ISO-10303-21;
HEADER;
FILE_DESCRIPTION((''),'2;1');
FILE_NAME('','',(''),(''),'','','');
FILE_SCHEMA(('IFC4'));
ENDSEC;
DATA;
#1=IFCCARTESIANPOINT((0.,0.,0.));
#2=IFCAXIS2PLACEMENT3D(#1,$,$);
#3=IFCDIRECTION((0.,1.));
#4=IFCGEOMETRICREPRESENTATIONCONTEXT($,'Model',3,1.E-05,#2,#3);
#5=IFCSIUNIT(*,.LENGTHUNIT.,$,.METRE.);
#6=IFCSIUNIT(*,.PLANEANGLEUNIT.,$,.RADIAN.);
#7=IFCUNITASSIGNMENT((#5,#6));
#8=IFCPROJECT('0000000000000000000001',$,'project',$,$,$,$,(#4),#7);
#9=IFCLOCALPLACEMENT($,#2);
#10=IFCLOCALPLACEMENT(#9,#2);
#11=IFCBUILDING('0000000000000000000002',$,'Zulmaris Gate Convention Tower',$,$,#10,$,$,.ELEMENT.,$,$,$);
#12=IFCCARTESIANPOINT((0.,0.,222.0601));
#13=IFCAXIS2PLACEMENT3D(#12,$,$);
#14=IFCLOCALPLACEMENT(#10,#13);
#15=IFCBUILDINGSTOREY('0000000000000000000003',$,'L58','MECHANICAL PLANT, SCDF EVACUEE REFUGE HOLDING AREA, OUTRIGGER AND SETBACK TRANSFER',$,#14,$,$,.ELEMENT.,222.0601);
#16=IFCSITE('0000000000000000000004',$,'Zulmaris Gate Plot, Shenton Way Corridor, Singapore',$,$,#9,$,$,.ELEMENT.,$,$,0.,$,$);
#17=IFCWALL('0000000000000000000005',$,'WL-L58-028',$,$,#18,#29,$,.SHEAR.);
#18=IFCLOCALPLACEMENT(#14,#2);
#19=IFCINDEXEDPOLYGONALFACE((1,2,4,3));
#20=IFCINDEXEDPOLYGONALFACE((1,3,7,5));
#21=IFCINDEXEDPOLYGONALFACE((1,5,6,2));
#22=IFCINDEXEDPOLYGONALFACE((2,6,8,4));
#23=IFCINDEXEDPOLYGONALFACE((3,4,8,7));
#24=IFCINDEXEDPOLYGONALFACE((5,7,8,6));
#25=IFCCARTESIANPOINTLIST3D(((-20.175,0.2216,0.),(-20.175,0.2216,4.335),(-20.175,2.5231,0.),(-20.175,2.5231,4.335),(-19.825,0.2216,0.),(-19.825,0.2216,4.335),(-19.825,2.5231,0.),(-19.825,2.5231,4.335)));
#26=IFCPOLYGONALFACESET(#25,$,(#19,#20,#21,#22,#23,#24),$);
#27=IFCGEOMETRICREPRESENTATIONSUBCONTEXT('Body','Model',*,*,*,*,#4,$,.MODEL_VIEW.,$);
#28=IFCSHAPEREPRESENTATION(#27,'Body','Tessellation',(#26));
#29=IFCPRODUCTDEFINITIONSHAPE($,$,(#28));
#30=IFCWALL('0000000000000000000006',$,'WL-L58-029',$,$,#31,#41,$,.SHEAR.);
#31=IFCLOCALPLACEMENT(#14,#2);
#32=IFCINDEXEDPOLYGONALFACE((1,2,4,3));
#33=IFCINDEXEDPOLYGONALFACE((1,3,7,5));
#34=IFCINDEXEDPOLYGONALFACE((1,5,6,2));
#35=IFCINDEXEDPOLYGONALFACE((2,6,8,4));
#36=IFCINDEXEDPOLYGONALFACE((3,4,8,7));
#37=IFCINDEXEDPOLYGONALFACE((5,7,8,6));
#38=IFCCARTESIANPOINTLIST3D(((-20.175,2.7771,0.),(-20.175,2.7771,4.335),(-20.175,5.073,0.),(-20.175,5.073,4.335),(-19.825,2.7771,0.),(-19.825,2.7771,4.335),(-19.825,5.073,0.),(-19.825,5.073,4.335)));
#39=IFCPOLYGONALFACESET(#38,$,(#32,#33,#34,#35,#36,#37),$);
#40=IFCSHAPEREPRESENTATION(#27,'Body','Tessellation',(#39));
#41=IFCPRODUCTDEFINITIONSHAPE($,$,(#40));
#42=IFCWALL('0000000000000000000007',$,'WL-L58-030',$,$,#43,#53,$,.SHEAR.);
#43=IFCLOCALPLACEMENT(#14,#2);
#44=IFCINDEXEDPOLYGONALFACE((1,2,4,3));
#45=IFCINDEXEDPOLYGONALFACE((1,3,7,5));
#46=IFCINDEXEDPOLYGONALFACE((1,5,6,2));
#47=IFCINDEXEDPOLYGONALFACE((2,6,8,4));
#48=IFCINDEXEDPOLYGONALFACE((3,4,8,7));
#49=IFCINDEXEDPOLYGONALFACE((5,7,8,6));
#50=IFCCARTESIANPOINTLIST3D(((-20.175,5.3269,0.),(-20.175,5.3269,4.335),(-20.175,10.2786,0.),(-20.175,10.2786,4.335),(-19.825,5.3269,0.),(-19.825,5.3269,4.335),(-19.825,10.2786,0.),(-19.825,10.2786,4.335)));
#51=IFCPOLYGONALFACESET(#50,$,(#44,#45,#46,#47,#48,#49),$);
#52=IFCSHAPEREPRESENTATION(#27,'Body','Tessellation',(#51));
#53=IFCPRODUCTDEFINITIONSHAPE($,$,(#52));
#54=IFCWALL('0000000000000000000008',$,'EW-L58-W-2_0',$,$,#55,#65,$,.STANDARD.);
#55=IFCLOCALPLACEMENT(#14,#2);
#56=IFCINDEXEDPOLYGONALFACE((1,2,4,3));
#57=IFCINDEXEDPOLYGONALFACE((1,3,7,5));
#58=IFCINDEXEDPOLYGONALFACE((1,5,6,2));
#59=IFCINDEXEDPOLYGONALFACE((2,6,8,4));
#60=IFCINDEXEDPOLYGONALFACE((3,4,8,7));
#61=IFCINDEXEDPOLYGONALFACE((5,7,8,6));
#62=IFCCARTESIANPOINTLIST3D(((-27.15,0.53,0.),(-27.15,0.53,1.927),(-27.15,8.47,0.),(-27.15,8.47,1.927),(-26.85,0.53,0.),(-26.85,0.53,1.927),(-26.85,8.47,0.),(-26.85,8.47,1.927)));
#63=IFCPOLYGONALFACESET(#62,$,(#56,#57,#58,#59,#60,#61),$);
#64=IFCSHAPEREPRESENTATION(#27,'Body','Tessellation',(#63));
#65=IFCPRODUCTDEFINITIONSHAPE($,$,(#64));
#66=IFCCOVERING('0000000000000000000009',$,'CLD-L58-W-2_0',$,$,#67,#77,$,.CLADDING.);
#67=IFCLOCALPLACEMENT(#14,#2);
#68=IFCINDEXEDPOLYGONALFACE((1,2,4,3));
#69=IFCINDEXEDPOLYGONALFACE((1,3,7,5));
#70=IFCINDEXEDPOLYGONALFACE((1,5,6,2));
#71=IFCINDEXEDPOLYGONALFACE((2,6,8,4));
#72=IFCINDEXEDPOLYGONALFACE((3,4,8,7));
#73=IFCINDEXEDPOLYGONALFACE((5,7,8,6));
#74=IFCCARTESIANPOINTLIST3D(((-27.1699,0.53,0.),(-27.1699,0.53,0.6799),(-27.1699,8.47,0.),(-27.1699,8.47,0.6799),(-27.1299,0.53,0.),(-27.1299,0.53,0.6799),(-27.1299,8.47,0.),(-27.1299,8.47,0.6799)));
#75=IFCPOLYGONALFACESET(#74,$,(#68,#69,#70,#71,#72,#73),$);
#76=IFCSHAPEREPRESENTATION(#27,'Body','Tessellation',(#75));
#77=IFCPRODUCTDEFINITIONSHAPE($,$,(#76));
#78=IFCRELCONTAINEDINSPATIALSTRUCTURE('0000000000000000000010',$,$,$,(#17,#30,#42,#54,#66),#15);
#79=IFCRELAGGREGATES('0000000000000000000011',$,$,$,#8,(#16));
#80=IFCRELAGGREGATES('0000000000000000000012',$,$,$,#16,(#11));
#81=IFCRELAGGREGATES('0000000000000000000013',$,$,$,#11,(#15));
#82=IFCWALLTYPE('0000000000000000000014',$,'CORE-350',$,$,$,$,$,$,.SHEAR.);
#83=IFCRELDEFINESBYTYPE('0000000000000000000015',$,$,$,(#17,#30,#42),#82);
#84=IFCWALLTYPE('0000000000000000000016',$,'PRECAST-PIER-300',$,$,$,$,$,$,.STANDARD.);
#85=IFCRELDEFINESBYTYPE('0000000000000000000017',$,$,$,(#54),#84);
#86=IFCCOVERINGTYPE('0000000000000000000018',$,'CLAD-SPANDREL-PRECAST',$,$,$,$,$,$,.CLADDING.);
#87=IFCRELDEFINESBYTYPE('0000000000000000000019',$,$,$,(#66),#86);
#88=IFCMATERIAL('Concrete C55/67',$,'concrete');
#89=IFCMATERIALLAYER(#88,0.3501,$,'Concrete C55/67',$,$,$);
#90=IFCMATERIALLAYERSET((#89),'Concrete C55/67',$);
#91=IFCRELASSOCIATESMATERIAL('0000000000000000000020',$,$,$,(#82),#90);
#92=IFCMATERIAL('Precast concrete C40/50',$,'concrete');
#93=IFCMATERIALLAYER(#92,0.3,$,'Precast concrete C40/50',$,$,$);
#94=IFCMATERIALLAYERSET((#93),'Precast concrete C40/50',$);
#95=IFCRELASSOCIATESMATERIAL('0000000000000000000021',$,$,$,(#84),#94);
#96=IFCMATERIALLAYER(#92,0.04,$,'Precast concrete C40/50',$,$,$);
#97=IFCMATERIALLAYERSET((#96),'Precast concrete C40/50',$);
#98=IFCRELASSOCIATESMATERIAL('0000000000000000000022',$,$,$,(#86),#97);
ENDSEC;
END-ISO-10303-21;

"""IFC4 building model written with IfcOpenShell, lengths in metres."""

from ifc_helpers import new_model, si_unit, direction, frame, frame_2d, origin, place, context, subcontext, project, spatial, rectangle, extrude, material, layer, layer_set, type_object, element, save


model = new_model("IFC4")

# Units and contexts
model_context = context("Model", 3, precision=1e-05, world=origin(), true_north=direction((0.0, 1.0)))
body_context = subcontext(model_context, "Body", "Model", "MODEL_VIEW")
ifc_project = project(units=[si_unit("LENGTHUNIT", "METRE"), si_unit("PLANEANGLEUNIT", "RADIAN")], contexts=[model_context])

# Site, building, storey
site_placement = place(None, origin())
site = spatial("IfcSite", under=ifc_project, at=site_placement, Name="Zulmaris Gate Plot, Shenton Way Corridor, Singapore", CompositionType="ELEMENT", RefElevation=0.0)
building_placement = place(site_placement, origin())
building = spatial("IfcBuilding", under=site, at=building_placement, Name="Zulmaris Gate Convention Tower", CompositionType="ELEMENT")
storey_placement = place(building_placement, frame((0.0, 0.0, 222.0601)))
storey = spatial("IfcBuildingStorey", under=building, at=storey_placement, Name="L58", Description="MECHANICAL PLANT, SCDF EVACUEE REFUGE HOLDING AREA, OUTRIGGER AND SETBACK TRANSFER", CompositionType="ELEMENT", Elevation=222.0601)

# Walls
ifc_material_1 = material(Name="Concrete C55/67", Category="concrete")
ifc_layer_1 = layer(ifc_material_1, 0.3501, Name="Concrete C55/67")
ifc_layer_set_1 = layer_set([ifc_layer_1], Name="Concrete C55/67")
wall_type_1 = type_object("IfcWallType", Name="CORE-350", PredefinedType="SHEAR", material=ifc_layer_set_1)
wall_1_placement = place(storey_placement, frame((-20.0, 0.2214, 0.0), z_axis=(0.0, 0.0, 1.0), x_axis=(0.0, 1.0, 0.0)))
element("IfcWall", 1, at=wall_1_placement, inside=storey, type_object=wall_type_1, Name="WL-L58-028", PredefinedType="SHEAR", context=body_context, shape_type="SweptSolid", body=[
    extrude(rectangle(XDim=2.3015, YDim=0.3501, at=frame_2d((1.1509, 0.0))), origin(), (0.0, 0.0, 1.0), 4.335),
])
wall_2_placement = place(storey_placement, frame((-20.0, 2.7771, 0.0), z_axis=(0.0, 0.0, 1.0), x_axis=(0.0, 1.0, 0.0)))
element("IfcWall", 2, at=wall_2_placement, inside=storey, type_object=wall_type_1, Name="WL-L58-029", PredefinedType="SHEAR", context=body_context, shape_type="SweptSolid", body=[
    extrude(rectangle(XDim=2.2959, YDim=0.3501, at=frame_2d((1.1479, 0.0))), origin(), (0.0, 0.0, 1.0), 4.335),
])
wall_3_placement = place(storey_placement, frame((-20.0, 5.3269, 0.0), z_axis=(0.0, 0.0, 1.0), x_axis=(0.0, 1.0, 0.0)))
element("IfcWall", 3, at=wall_3_placement, inside=storey, type_object=wall_type_1, Name="WL-L58-030", PredefinedType="SHEAR", context=body_context, shape_type="SweptSolid", body=[
    extrude(rectangle(XDim=4.9517, YDim=0.3501, at=frame_2d((2.4758, 0.0))), origin(), (0.0, 0.0, 1.0), 4.335),
])
ifc_material_2 = material(Name="Precast concrete C40/50", Category="concrete")
ifc_layer_2 = layer(ifc_material_2, 0.3, Name="Precast concrete C40/50")
ifc_layer_set_2 = layer_set([ifc_layer_2], Name="Precast concrete C40/50")
wall_type_2 = type_object("IfcWallType", Name="PRECAST-PIER-300", PredefinedType="STANDARD", material=ifc_layer_set_2)
wall_4_placement = place(storey_placement, frame((-27.0, 8.47, 0.0), z_axis=(0.0, 0.0, 1.0), x_axis=(0.0, -1.0, 0.0)))
element("IfcWall", 4, at=wall_4_placement, inside=storey, type_object=wall_type_2, Name="EW-L58-W-2_0", PredefinedType="STANDARD", context=body_context, shape_type="SweptSolid", body=[
    extrude(rectangle(XDim=7.9399, YDim=0.3, at=frame_2d((3.97, 0.0))), origin(), (0.0, 0.0, 1.0), 1.927),
])

# Covering
ifc_layer_3 = layer(ifc_material_2, 0.04, Name="Precast concrete C40/50")
ifc_layer_set_3 = layer_set([ifc_layer_3], Name="Precast concrete C40/50")
covering_type = type_object("IfcCoveringType", Name="CLAD-SPANDREL-PRECAST", PredefinedType="CLADDING", material=ifc_layer_set_3)
covering_placement = place(storey_placement, frame((-27.1499, 8.47, 0.0), z_axis=(0.0, 0.0, 1.0), x_axis=(0.0, -1.0, 0.0)))
element("IfcCovering", 5, at=covering_placement, inside=storey, type_object=covering_type, Name="CLD-L58-W-2_0", PredefinedType="CLADDING", context=body_context, shape_type="SweptSolid", body=[
    extrude(rectangle(XDim=7.9399, YDim=0.04, at=frame_2d((3.97, 0.0))), origin(), (0.0, 0.0, 1.0), 0.6799),
])

save(model, "model.ifc")
